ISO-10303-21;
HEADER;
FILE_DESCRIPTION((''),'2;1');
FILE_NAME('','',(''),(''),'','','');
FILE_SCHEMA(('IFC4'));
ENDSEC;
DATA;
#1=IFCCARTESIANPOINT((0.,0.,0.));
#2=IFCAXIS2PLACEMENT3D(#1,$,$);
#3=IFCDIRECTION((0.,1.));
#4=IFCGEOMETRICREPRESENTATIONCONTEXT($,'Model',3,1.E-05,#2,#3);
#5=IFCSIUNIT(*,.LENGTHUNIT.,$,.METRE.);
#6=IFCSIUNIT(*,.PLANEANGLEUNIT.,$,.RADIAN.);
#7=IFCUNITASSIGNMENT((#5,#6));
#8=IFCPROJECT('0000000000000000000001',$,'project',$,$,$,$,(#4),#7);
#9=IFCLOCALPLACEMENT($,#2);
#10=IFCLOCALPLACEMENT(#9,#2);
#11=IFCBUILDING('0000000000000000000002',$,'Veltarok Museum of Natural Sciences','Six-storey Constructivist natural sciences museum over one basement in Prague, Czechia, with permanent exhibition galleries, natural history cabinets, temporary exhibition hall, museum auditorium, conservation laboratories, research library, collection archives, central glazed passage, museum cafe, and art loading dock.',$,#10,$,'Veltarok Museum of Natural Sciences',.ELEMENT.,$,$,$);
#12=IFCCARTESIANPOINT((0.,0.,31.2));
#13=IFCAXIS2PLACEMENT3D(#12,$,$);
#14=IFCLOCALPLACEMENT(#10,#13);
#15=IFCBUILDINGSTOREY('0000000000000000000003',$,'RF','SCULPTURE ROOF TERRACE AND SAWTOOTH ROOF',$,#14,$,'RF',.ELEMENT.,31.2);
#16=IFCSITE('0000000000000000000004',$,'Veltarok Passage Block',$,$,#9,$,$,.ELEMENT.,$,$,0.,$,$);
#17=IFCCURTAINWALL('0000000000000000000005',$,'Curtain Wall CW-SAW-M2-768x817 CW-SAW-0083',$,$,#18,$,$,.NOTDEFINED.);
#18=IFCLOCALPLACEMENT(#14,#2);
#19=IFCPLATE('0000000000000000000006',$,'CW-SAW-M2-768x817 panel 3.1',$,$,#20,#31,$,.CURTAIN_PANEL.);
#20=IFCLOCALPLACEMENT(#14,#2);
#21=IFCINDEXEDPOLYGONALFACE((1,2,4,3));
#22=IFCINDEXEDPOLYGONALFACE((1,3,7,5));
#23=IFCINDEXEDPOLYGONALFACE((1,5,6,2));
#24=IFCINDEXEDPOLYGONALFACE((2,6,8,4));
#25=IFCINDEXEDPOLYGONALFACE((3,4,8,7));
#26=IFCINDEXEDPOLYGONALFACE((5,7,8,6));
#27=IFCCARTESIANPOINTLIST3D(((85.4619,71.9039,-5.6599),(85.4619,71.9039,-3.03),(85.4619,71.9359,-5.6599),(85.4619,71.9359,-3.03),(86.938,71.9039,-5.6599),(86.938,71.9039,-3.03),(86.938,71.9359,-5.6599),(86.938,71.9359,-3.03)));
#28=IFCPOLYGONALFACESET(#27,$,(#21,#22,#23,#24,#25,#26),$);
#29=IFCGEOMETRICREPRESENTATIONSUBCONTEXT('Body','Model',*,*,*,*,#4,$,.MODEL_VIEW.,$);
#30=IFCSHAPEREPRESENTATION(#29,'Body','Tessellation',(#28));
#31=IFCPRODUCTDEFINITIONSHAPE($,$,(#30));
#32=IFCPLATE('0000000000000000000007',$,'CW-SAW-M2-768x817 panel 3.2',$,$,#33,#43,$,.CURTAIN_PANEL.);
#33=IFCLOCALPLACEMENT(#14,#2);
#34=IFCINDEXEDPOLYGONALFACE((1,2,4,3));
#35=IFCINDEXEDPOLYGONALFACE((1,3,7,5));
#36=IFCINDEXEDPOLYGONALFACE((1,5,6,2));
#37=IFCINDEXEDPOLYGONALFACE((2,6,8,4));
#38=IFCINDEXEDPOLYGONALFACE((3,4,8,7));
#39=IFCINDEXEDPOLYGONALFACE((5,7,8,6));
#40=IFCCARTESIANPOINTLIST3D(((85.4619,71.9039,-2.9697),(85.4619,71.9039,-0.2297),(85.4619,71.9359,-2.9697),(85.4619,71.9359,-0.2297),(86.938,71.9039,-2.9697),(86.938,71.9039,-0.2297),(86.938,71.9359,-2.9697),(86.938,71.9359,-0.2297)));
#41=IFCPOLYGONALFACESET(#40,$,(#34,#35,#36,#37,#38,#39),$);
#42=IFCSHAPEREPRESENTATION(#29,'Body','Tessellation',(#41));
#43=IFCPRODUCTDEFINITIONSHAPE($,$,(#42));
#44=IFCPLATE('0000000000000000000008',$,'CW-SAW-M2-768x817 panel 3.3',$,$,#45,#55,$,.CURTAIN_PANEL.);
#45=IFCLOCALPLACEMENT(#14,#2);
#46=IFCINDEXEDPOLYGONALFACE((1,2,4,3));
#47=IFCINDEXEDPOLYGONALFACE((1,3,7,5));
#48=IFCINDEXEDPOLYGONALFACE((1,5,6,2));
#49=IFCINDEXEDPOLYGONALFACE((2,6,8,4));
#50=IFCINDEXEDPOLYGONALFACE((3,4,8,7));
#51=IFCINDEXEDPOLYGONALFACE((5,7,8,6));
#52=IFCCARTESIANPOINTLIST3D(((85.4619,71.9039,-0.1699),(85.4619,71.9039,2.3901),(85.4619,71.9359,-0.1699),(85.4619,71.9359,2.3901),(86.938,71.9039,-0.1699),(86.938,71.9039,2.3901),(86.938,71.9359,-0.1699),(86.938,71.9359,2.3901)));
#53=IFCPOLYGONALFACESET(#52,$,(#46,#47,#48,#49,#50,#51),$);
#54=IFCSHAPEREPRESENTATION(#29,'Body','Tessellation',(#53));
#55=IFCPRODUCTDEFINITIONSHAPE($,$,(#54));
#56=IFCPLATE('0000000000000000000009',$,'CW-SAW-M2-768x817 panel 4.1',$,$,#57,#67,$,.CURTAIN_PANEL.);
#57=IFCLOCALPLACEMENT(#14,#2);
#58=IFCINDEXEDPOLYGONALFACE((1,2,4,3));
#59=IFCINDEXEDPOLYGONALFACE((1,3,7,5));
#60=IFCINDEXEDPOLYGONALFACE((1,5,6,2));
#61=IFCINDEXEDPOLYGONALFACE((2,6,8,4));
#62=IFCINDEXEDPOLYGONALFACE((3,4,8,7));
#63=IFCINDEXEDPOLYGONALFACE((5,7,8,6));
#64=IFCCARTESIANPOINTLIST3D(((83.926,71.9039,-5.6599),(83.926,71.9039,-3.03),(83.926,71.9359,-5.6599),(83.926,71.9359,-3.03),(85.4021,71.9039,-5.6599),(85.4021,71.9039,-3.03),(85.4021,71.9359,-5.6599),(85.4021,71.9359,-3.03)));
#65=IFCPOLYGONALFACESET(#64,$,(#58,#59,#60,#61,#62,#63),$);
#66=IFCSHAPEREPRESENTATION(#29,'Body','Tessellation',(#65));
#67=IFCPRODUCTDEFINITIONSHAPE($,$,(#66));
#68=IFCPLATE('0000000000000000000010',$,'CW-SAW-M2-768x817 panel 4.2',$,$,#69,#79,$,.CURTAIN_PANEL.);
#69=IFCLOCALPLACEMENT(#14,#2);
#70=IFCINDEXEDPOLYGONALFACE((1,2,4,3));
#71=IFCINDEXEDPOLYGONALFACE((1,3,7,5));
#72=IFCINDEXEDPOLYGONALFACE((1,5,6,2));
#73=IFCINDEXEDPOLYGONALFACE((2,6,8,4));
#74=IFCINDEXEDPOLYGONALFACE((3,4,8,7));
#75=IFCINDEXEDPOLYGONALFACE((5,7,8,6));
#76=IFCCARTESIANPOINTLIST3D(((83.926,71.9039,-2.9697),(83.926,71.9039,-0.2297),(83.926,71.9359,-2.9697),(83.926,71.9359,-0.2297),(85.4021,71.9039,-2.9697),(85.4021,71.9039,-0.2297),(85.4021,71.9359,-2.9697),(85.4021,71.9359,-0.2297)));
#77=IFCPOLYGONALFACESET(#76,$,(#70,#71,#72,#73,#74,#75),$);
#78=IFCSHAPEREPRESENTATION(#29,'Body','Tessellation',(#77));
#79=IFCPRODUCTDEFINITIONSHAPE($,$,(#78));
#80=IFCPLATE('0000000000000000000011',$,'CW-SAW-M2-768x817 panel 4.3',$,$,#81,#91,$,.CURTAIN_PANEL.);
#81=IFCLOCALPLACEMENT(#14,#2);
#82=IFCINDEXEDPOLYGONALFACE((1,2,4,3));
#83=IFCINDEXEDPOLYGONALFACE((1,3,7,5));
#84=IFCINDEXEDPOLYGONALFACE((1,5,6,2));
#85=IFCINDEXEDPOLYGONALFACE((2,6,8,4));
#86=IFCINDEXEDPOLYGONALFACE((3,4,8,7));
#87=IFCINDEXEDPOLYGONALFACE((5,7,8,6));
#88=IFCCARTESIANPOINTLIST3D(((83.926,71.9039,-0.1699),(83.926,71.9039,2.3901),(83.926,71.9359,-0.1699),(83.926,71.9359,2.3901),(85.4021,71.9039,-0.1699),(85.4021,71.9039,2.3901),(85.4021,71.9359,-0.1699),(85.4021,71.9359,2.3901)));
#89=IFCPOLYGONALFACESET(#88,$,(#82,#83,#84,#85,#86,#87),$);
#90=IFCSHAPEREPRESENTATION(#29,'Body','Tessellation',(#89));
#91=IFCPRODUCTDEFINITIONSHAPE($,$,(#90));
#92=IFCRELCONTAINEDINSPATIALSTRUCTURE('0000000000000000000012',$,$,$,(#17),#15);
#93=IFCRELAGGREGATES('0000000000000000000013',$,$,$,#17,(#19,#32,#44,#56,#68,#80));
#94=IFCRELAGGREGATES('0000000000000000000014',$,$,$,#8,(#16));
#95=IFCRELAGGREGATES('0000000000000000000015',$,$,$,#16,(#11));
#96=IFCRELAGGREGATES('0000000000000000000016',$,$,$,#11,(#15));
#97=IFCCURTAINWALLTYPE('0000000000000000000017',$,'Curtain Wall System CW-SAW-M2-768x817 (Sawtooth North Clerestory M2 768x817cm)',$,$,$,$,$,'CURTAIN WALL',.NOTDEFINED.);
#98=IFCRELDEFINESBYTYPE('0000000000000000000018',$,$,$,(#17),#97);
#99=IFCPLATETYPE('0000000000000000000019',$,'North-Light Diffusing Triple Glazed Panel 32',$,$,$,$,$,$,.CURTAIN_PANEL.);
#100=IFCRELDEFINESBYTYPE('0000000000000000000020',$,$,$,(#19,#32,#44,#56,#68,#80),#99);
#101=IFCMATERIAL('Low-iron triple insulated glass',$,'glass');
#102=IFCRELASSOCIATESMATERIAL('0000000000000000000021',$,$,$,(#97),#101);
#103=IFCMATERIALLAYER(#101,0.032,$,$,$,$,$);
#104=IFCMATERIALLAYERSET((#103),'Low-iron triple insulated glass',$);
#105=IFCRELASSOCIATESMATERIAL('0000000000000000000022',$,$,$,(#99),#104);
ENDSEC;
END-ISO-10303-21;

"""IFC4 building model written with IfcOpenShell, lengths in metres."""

from ifc_helpers import new_model, si_unit, direction, frame, origin, origin_2d, place, context, subcontext, project, spatial, rectangle, extrude, material, layer, layer_set, type_object, element, aggregate, save


model = new_model("IFC4")

# Units and contexts
model_context = context("Model", 3, precision=1e-05, world=origin(), true_north=direction((0.0, 1.0)))
body_context = subcontext(model_context, "Body", "Model", "MODEL_VIEW")
ifc_project = project(units=[si_unit("LENGTHUNIT", "METRE"), si_unit("PLANEANGLEUNIT", "RADIAN")], contexts=[model_context])

# Site, building, storey
site_placement = place(None, origin())
site = spatial("IfcSite", under=ifc_project, at=site_placement, Name="Veltarok Passage Block", CompositionType="ELEMENT", RefElevation=0.0)
building_placement = place(site_placement, origin())
building = spatial("IfcBuilding", under=site, at=building_placement, Name="Veltarok Museum of Natural Sciences", Description="Six-storey Constructivist natural sciences museum over one basement in Prague, Czechia, with permanent exhibition galleries, natural history cabinets, temporary exhibition hall, museum auditorium, conservation laboratories, research library, collection archives, central glazed passage, museum cafe, and art loading dock.", LongName="Veltarok Museum of Natural Sciences", CompositionType="ELEMENT")
storey_placement = place(building_placement, frame((0.0, 0.0, 31.2)))
storey = spatial("IfcBuildingStorey", under=building, at=storey_placement, Name="RF", Description="SCULPTURE ROOF TERRACE AND SAWTOOTH ROOF", LongName="RF", CompositionType="ELEMENT", Elevation=31.2)

# Curtain wall
ifc_material_1 = material(Name="Low-iron triple insulated glass", Category="glass")
curtain_wall_type = type_object("IfcCurtainWallType", Name="Curtain Wall System CW-SAW-M2-768x817 (Sawtooth North Clerestory M2 768x817cm)", ElementType="CURTAIN WALL", PredefinedType="NOTDEFINED", material=ifc_material_1)
curtain_wall_placement = place(storey_placement, origin())
curtain_wall = element("IfcCurtainWall", 1, at=curtain_wall_placement, inside=storey, type_object=curtain_wall_type, Name="Curtain Wall CW-SAW-M2-768x817 CW-SAW-0083", PredefinedType="NOTDEFINED")

# Plates
ifc_layer_1 = layer(ifc_material_1, 0.032)
ifc_layer_set_1 = layer_set([ifc_layer_1], Name="Low-iron triple insulated glass")
plate_type_1 = type_object("IfcPlateType", Name="North-Light Diffusing Triple Glazed Panel 32", PredefinedType="CURTAIN_PANEL", material=ifc_layer_set_1)
plate_1_placement = place(storey_placement, frame((86.2, 71.9199, -5.6599), z_axis=(0.0, 0.0, 1.0), x_axis=(-1.0, 0.0, 0.0)))
plate_1 = element("IfcPlate", 2, at=plate_1_placement, type_object=plate_type_1, Name="CW-SAW-M2-768x817 panel 3.1", PredefinedType="CURTAIN_PANEL", context=body_context, shape_type="SweptSolid", body=[
    extrude(rectangle(XDim=1.4761, YDim=0.032, at=origin_2d()), origin(), (0.0, 0.0, 1.0), 2.6299),
])
plate_2_placement = place(storey_placement, frame((86.2, 71.9199, -2.9697), z_axis=(0.0, 0.0, 1.0), x_axis=(-1.0, 0.0, 0.0)))
plate_2 = element("IfcPlate", 3, at=plate_2_placement, type_object=plate_type_1, Name="CW-SAW-M2-768x817 panel 3.2", PredefinedType="CURTAIN_PANEL", context=body_context, shape_type="SweptSolid", body=[
    extrude(rectangle(XDim=1.4761, YDim=0.032, at=origin_2d()), origin(), (0.0, 0.0, 1.0), 2.74),
])
plate_3_placement = place(storey_placement, frame((86.2, 71.9199, -0.1699), z_axis=(0.0, 0.0, 1.0), x_axis=(-1.0, 0.0, 0.0)))
plate_3 = element("IfcPlate", 4, at=plate_3_placement, type_object=plate_type_1, Name="CW-SAW-M2-768x817 panel 3.3", PredefinedType="CURTAIN_PANEL", context=body_context, shape_type="SweptSolid", body=[
    extrude(rectangle(XDim=1.4761, YDim=0.032, at=origin_2d()), origin(), (0.0, 0.0, 1.0), 2.5601),
])
plate_4_placement = place(storey_placement, frame((84.6641, 71.9199, -5.6599), z_axis=(0.0, 0.0, 1.0), x_axis=(-1.0, 0.0, 0.0)))
plate_4 = element("IfcPlate", 5, at=plate_4_placement, type_object=plate_type_1, Name="CW-SAW-M2-768x817 panel 4.1", PredefinedType="CURTAIN_PANEL", context=body_context, shape_type="SweptSolid", body=[
    extrude(rectangle(XDim=1.4761, YDim=0.032, at=origin_2d()), origin(), (0.0, 0.0, 1.0), 2.6299),
])
plate_5_placement = place(storey_placement, frame((84.6641, 71.9199, -2.9697), z_axis=(0.0, 0.0, 1.0), x_axis=(-1.0, 0.0, 0.0)))
plate_5 = element("IfcPlate", 6, at=plate_5_placement, type_object=plate_type_1, Name="CW-SAW-M2-768x817 panel 4.2", PredefinedType="CURTAIN_PANEL", context=body_context, shape_type="SweptSolid", body=[
    extrude(rectangle(XDim=1.4761, YDim=0.032, at=origin_2d()), origin(), (0.0, 0.0, 1.0), 2.74),
])
plate_6_placement = place(storey_placement, frame((84.6641, 71.9199, -0.1699), z_axis=(0.0, 0.0, 1.0), x_axis=(-1.0, 0.0, 0.0)))
plate_6 = element("IfcPlate", 7, at=plate_6_placement, type_object=plate_type_1, Name="CW-SAW-M2-768x817 panel 4.3", PredefinedType="CURTAIN_PANEL", context=body_context, shape_type="SweptSolid", body=[
    extrude(rectangle(XDim=1.4761, YDim=0.032, at=origin_2d()), origin(), (0.0, 0.0, 1.0), 2.5601),
])
aggregate(curtain_wall, [plate_1, plate_2, plate_3, plate_4, plate_5, plate_6])

save(model, "model.ifc")
